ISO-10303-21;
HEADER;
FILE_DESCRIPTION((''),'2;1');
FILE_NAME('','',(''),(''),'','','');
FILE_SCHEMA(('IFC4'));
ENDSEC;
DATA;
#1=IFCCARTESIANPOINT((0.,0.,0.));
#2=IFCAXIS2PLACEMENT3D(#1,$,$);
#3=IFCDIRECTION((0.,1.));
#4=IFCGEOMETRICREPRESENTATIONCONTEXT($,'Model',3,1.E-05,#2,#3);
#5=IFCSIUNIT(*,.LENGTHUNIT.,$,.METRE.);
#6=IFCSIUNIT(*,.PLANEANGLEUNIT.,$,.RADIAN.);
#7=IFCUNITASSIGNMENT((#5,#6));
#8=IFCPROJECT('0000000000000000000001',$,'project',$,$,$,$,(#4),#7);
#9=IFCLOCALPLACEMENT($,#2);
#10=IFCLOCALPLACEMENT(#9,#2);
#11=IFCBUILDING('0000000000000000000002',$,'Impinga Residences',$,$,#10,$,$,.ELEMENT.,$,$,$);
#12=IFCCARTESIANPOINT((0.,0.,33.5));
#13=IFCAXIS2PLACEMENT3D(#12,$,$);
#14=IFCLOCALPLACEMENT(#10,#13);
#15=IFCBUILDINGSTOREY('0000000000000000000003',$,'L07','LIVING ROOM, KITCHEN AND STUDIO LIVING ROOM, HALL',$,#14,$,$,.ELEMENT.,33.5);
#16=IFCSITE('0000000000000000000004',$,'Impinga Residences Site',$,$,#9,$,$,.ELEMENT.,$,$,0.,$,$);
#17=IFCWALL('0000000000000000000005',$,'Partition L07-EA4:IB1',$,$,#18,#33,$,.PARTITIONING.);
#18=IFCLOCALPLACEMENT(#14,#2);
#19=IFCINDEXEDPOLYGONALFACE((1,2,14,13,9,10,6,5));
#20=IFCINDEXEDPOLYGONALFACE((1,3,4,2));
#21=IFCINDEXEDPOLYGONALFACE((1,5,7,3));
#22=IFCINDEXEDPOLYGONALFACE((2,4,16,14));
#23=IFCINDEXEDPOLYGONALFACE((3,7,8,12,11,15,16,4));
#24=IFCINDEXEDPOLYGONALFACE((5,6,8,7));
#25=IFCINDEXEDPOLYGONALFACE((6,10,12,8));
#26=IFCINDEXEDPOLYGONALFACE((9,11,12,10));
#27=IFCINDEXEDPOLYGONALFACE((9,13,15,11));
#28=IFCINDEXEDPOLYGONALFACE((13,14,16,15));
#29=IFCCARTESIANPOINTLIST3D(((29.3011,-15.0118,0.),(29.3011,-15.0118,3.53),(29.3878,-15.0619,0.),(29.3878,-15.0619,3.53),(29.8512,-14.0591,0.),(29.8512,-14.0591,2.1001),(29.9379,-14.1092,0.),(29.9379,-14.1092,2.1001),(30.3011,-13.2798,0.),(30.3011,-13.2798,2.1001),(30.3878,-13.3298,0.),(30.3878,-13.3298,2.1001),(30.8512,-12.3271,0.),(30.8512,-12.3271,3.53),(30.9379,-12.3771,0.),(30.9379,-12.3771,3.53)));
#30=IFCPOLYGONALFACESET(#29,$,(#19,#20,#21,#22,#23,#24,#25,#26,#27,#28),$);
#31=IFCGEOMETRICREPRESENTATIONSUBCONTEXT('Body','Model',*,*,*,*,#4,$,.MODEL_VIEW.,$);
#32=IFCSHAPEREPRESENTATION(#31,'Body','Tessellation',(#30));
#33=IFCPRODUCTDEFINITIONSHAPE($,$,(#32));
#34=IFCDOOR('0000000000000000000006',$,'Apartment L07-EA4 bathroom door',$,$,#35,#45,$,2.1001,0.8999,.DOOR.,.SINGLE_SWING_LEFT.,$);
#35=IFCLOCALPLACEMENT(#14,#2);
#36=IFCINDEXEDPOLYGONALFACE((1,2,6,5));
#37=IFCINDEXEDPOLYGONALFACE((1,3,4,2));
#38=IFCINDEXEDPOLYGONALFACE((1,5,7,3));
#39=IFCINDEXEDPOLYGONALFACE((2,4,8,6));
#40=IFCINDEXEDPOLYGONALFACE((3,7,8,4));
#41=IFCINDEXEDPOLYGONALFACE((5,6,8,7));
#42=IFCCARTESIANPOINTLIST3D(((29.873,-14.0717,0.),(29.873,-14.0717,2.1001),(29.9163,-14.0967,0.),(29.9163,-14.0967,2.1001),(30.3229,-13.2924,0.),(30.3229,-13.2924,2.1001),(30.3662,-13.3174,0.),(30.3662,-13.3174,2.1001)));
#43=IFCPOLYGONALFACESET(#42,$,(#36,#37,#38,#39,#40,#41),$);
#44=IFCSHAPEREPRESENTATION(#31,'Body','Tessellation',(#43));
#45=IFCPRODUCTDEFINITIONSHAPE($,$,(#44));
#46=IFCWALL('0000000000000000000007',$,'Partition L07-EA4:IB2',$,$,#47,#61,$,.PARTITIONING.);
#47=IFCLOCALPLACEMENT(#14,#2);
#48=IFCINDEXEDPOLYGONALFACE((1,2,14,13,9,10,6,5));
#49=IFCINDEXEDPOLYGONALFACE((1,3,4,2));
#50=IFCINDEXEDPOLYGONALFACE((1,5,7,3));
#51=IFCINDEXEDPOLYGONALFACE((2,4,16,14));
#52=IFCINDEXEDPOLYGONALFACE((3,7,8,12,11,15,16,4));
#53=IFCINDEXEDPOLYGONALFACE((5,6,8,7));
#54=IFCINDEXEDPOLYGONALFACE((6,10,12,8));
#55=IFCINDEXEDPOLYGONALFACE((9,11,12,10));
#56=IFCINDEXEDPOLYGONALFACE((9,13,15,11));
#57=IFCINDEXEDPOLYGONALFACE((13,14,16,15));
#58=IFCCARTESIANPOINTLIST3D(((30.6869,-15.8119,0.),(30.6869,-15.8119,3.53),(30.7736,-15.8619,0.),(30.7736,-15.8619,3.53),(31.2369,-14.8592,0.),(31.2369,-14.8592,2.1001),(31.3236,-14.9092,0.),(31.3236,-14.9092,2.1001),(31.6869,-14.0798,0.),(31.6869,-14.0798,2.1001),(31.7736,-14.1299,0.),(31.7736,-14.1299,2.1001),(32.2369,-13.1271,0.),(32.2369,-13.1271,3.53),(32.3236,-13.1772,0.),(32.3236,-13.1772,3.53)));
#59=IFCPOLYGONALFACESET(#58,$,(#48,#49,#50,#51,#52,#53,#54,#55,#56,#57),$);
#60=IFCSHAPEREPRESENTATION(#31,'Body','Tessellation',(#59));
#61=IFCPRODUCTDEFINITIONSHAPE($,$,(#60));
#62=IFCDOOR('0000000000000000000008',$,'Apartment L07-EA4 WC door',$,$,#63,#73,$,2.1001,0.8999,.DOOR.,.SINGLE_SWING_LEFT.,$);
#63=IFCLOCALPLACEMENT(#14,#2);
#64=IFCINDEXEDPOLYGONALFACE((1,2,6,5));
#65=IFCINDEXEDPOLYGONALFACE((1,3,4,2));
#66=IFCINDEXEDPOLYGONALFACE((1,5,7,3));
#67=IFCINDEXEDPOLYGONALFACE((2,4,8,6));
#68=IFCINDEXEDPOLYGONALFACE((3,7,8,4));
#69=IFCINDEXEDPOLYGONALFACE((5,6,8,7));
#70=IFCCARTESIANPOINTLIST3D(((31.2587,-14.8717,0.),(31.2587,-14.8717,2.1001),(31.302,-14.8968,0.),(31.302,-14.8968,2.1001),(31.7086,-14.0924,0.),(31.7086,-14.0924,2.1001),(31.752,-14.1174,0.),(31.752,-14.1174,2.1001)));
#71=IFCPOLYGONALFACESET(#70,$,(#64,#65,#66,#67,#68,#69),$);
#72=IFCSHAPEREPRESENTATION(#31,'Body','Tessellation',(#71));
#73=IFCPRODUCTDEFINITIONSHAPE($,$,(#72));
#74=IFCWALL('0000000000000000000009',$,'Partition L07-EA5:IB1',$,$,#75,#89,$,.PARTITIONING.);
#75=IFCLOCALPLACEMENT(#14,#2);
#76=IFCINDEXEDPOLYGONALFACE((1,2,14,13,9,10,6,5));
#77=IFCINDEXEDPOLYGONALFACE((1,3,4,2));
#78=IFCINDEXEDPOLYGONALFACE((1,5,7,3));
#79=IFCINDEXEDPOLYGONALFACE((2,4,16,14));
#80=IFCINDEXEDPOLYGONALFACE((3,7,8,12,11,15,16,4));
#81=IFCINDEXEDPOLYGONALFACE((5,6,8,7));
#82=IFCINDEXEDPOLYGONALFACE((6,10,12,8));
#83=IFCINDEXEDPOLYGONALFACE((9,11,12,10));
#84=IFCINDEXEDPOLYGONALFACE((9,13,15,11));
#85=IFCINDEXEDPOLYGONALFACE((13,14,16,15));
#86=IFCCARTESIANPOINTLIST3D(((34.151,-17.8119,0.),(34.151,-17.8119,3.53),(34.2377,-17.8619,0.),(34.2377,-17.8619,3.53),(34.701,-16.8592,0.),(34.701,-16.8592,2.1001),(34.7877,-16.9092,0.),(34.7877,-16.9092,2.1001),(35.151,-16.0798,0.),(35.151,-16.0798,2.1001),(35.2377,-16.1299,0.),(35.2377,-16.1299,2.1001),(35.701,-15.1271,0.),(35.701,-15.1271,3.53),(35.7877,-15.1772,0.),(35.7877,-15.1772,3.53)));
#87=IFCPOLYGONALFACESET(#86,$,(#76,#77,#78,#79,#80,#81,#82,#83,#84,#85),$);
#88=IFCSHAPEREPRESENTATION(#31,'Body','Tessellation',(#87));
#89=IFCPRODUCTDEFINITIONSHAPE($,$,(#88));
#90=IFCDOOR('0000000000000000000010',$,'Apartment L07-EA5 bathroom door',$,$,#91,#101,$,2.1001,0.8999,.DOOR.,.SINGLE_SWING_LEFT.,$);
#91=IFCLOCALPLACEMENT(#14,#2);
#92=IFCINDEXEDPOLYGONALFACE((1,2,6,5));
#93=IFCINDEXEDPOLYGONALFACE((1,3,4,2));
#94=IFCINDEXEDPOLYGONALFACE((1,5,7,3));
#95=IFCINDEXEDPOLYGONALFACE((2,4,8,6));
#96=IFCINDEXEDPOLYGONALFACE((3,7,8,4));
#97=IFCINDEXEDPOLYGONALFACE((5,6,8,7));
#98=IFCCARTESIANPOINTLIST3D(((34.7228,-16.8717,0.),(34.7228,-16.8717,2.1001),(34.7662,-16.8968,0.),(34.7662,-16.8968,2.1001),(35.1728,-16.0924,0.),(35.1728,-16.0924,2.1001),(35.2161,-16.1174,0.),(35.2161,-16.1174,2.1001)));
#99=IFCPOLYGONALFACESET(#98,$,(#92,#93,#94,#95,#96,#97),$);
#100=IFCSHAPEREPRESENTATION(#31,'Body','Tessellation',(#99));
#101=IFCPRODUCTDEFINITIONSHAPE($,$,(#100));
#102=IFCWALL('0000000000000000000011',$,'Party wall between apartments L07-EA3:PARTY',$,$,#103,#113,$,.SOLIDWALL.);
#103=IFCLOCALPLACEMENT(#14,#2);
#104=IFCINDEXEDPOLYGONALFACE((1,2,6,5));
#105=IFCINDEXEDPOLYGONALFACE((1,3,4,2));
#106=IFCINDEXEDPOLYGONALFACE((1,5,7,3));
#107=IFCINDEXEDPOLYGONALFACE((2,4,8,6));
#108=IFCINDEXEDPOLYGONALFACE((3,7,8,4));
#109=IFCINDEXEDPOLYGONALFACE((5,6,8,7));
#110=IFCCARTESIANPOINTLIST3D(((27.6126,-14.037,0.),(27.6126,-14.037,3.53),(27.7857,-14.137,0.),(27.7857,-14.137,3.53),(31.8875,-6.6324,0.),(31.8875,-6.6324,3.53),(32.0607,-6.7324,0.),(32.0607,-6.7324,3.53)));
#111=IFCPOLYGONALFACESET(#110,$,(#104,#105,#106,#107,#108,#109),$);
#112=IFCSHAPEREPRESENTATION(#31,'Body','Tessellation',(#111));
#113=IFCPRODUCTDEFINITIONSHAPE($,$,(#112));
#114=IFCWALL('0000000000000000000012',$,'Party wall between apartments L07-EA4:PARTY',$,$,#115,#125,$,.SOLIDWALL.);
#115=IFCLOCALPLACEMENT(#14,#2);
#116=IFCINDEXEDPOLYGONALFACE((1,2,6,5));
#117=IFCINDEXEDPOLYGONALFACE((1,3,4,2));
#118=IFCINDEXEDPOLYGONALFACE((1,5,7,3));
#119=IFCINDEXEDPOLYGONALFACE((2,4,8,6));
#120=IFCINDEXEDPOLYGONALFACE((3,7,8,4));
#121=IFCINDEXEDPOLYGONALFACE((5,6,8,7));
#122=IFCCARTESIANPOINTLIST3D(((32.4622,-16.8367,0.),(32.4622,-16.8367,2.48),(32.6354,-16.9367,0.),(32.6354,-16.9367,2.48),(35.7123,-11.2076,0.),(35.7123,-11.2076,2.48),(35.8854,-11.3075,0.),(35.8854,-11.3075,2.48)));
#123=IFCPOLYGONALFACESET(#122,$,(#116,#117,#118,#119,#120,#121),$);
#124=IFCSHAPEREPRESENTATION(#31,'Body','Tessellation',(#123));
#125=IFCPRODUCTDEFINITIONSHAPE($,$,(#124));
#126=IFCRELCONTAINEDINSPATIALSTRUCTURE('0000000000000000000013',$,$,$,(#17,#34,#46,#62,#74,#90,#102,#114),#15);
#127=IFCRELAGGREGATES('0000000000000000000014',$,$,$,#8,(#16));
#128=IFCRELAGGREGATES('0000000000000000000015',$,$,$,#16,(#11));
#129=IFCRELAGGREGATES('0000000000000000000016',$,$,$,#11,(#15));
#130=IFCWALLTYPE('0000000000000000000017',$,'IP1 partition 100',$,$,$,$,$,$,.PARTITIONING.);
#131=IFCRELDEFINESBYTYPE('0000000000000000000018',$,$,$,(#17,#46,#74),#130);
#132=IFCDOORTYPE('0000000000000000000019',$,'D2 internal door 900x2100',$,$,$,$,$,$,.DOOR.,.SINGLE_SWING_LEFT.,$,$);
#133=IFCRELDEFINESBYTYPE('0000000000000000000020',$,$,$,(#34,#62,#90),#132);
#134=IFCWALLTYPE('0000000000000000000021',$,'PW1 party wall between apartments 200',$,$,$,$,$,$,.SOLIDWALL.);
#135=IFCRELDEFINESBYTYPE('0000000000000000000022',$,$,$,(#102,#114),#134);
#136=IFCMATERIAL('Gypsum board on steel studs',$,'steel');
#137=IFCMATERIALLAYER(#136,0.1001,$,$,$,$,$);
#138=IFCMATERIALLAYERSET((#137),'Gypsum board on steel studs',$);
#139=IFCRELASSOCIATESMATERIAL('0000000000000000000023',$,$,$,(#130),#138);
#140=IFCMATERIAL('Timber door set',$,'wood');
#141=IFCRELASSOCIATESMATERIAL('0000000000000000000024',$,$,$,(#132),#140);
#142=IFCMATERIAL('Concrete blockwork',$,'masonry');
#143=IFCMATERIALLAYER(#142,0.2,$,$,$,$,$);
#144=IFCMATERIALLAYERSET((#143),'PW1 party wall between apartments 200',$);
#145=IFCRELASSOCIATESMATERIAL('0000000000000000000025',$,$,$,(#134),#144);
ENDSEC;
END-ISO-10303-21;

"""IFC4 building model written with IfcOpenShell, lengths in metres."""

from ifc_helpers import new_model, si_unit, direction, frame, frame_2d, origin, place, context, subcontext, project, spatial, rectangle, extrude, material, layer, layer_set, type_object, element, fill, save


model = new_model("IFC4")

# Units and contexts
model_context = context("Model", 3, precision=1e-05, world=origin(), true_north=direction((0.0, 1.0)))
body_context = subcontext(model_context, "Body", "Model", "MODEL_VIEW")
ifc_project = project(units=[si_unit("LENGTHUNIT", "METRE"), si_unit("PLANEANGLEUNIT", "RADIAN")], contexts=[model_context])

# Site, building, storey
site_placement = place(None, origin())
site = spatial("IfcSite", under=ifc_project, at=site_placement, Name="Impinga Residences Site", CompositionType="ELEMENT", RefElevation=0.0)
building_placement = place(site_placement, origin())
building = spatial("IfcBuilding", under=site, at=building_placement, Name="Impinga Residences", CompositionType="ELEMENT")
storey_placement = place(building_placement, frame((0.0, 0.0, 33.5)))
storey = spatial("IfcBuildingStorey", under=building, at=storey_placement, Name="L07", Description="LIVING ROOM, KITCHEN AND STUDIO LIVING ROOM, HALL", CompositionType="ELEMENT", Elevation=33.5)

# Shared definitions
ifc_material_1 = material(Name="Concrete blockwork", Category="masonry")
ifc_material_2 = material(Name="Timber door set", Category="wood")

# Shared definitions
ifc_material_3 = material(Name="Gypsum board on steel studs", Category="steel")
ifc_layer_1 = layer(ifc_material_3, 0.1001)
ifc_layer_set_1 = layer_set([ifc_layer_1], Name="Gypsum board on steel studs")
wall_type_1 = type_object("IfcWallType", Name="IP1 partition 100", PredefinedType="PARTITIONING", material=ifc_layer_set_1)

# Shared definitions
door_type_1 = type_object("IfcDoorType", Name="D2 internal door 900x2100", OperationType="SINGLE_SWING_LEFT", PredefinedType="DOOR", material=ifc_material_2)

# Walls, openings, doors
wall_1_placement = place(storey_placement, frame((29.3445, -15.0369, 0.0), z_axis=(0.0, 0.0, 1.0), x_axis=(0.499993, 0.86603, 0.0)))
wall_1 = element("IfcWall", 1, at=wall_1_placement, inside=storey, type_object=wall_type_1, Name="Partition L07-EA4:IB1", PredefinedType="PARTITIONING", context=body_context, shape_type="SweptSolid", body=[
    extrude(rectangle(XDim=3.1001, YDim=0.1001, at=frame_2d((1.55, 0.0))), origin(), (0.0, 0.0, 1.0), 3.53),
])
opening_1_placement = place(wall_1_placement, frame((1.1001, 0.0, 0.0)))
opening_1 = element("IfcOpeningElement", 2, at=opening_1_placement, cuts=wall_1, PredefinedType="OPENING", context=body_context, shape_type="SweptSolid", body=[
    extrude(rectangle(XDim=0.8999, YDim=2.1001, at=frame_2d((0.45, 1.05))), frame((0.0, 0.0601, 0.0), z_axis=(0.0, -1.0, 0.0), x_axis=(1.0, 0.0, 0.0)), (0.0, 0.0, 1.0), 0.1201),
])
door_1_placement = place(opening_1_placement, origin())
door_1 = element("IfcDoor", 3, at=door_1_placement, inside=storey, type_object=door_type_1, Name="Apartment L07-EA4 bathroom door", OperationType="SINGLE_SWING_LEFT", OverallHeight=2.1001, OverallWidth=0.8999, PredefinedType="DOOR", context=body_context, shape_type="SweptSolid", body=[
    extrude(rectangle(XDim=0.8999, YDim=2.1001, at=frame_2d((0.45, 1.05))), frame((0.0, 0.0249, 0.0), z_axis=(0.0, -1.0, 0.0), x_axis=(1.0, 0.0, 0.0)), (0.0, 0.0, 1.0), 0.05),
])
fill(opening_1, door_1)
wall_2_placement = place(storey_placement, frame((30.7302, -15.8369, 0.0), z_axis=(0.0, 0.0, 1.0), x_axis=(0.499993, 0.86603, 0.0)))
wall_2 = element("IfcWall", 4, at=wall_2_placement, inside=storey, type_object=wall_type_1, Name="Partition L07-EA4:IB2", PredefinedType="PARTITIONING", context=body_context, shape_type="SweptSolid", body=[
    extrude(rectangle(XDim=3.1001, YDim=0.1001, at=frame_2d((1.55, 0.0))), origin(), (0.0, 0.0, 1.0), 3.53),
])
opening_2_placement = place(wall_2_placement, frame((1.1001, 0.0, 0.0)))
opening_2 = element("IfcOpeningElement", 5, at=opening_2_placement, cuts=wall_2, PredefinedType="OPENING", context=body_context, shape_type="SweptSolid", body=[
    extrude(rectangle(XDim=0.8999, YDim=2.1001, at=frame_2d((0.45, 1.05))), frame((0.0, 0.0601, 0.0), z_axis=(0.0, -1.0, 0.0), x_axis=(1.0, 0.0, 0.0)), (0.0, 0.0, 1.0), 0.1201),
])
door_2_placement = place(opening_2_placement, origin())
door_2 = element("IfcDoor", 6, at=door_2_placement, inside=storey, type_object=door_type_1, Name="Apartment L07-EA4 WC door", OperationType="SINGLE_SWING_LEFT", OverallHeight=2.1001, OverallWidth=0.8999, PredefinedType="DOOR", context=body_context, shape_type="SweptSolid", body=[
    extrude(rectangle(XDim=0.8999, YDim=2.1001, at=frame_2d((0.45, 1.05))), frame((0.0, 0.0249, 0.0), z_axis=(0.0, -1.0, 0.0), x_axis=(1.0, 0.0, 0.0)), (0.0, 0.0, 1.0), 0.05),
])
fill(opening_2, door_2)
wall_3_placement = place(storey_placement, frame((34.1943, -17.8369, 0.0), z_axis=(0.0, 0.0, 1.0), x_axis=(0.499993, 0.86603, 0.0)))
wall_3 = element("IfcWall", 7, at=wall_3_placement, inside=storey, type_object=wall_type_1, Name="Partition L07-EA5:IB1", PredefinedType="PARTITIONING", context=body_context, shape_type="SweptSolid", body=[
    extrude(rectangle(XDim=3.1001, YDim=0.1001, at=frame_2d((1.55, 0.0))), origin(), (0.0, 0.0, 1.0), 3.53),
])
opening_3_placement = place(wall_3_placement, frame((1.1001, 0.0, 0.0)))
opening_3 = element("IfcOpeningElement", 8, at=opening_3_placement, cuts=wall_3, PredefinedType="OPENING", context=body_context, shape_type="SweptSolid", body=[
    extrude(rectangle(XDim=0.8999, YDim=2.1001, at=frame_2d((0.45, 1.05))), frame((0.0, 0.0601, 0.0), z_axis=(0.0, -1.0, 0.0), x_axis=(1.0, 0.0, 0.0)), (0.0, 0.0, 1.0), 0.1201),
])
door_3_placement = place(opening_3_placement, origin())
door_3 = element("IfcDoor", 9, at=door_3_placement, inside=storey, type_object=door_type_1, Name="Apartment L07-EA5 bathroom door", OperationType="SINGLE_SWING_LEFT", OverallHeight=2.1001, OverallWidth=0.8999, PredefinedType="DOOR", context=body_context, shape_type="SweptSolid", body=[
    extrude(rectangle(XDim=0.8999, YDim=2.1001, at=frame_2d((0.45, 1.05))), frame((0.0, 0.0249, 0.0), z_axis=(0.0, -1.0, 0.0), x_axis=(1.0, 0.0, 0.0)), (0.0, 0.0, 1.0), 0.05),
])
fill(opening_3, door_3)

# Walls
ifc_layer_2 = layer(ifc_material_1, 0.2)
ifc_layer_set_2 = layer_set([ifc_layer_2], Name="PW1 party wall between apartments 200")
wall_type_2 = type_object("IfcWallType", Name="PW1 party wall between apartments 200", PredefinedType="SOLIDWALL", material=ifc_layer_set_2)
wall_4_placement = place(storey_placement, frame((27.6992, -14.0869, 0.0), z_axis=(0.0, 0.0, 1.0), x_axis=(0.49999, 0.866031, 0.0)))
element("IfcWall", 10, at=wall_4_placement, inside=storey, type_object=wall_type_2, Name="Party wall between apartments L07-EA3:PARTY", PredefinedType="SOLIDWALL", context=body_context, shape_type="SweptSolid", body=[
    extrude(rectangle(XDim=8.55, YDim=0.2, at=frame_2d((4.2749, 0.0))), origin(), (0.0, 0.0, 1.0), 3.53),
])
wall_5_placement = place(storey_placement, frame((32.5488, -16.8867, 0.0), z_axis=(0.0, 0.0, 1.0), x_axis=(0.500001, 0.866025, 0.0)))
element("IfcWall", 11, at=wall_5_placement, inside=storey, type_object=wall_type_2, Name="Party wall between apartments L07-EA4:PARTY", PredefinedType="SOLIDWALL", context=body_context, shape_type="SweptSolid", body=[
    extrude(rectangle(XDim=6.5, YDim=0.2, at=frame_2d((3.25, 0.0))), origin(), (0.0, 0.0, 1.0), 2.48),
])

save(model, "model.ifc")
